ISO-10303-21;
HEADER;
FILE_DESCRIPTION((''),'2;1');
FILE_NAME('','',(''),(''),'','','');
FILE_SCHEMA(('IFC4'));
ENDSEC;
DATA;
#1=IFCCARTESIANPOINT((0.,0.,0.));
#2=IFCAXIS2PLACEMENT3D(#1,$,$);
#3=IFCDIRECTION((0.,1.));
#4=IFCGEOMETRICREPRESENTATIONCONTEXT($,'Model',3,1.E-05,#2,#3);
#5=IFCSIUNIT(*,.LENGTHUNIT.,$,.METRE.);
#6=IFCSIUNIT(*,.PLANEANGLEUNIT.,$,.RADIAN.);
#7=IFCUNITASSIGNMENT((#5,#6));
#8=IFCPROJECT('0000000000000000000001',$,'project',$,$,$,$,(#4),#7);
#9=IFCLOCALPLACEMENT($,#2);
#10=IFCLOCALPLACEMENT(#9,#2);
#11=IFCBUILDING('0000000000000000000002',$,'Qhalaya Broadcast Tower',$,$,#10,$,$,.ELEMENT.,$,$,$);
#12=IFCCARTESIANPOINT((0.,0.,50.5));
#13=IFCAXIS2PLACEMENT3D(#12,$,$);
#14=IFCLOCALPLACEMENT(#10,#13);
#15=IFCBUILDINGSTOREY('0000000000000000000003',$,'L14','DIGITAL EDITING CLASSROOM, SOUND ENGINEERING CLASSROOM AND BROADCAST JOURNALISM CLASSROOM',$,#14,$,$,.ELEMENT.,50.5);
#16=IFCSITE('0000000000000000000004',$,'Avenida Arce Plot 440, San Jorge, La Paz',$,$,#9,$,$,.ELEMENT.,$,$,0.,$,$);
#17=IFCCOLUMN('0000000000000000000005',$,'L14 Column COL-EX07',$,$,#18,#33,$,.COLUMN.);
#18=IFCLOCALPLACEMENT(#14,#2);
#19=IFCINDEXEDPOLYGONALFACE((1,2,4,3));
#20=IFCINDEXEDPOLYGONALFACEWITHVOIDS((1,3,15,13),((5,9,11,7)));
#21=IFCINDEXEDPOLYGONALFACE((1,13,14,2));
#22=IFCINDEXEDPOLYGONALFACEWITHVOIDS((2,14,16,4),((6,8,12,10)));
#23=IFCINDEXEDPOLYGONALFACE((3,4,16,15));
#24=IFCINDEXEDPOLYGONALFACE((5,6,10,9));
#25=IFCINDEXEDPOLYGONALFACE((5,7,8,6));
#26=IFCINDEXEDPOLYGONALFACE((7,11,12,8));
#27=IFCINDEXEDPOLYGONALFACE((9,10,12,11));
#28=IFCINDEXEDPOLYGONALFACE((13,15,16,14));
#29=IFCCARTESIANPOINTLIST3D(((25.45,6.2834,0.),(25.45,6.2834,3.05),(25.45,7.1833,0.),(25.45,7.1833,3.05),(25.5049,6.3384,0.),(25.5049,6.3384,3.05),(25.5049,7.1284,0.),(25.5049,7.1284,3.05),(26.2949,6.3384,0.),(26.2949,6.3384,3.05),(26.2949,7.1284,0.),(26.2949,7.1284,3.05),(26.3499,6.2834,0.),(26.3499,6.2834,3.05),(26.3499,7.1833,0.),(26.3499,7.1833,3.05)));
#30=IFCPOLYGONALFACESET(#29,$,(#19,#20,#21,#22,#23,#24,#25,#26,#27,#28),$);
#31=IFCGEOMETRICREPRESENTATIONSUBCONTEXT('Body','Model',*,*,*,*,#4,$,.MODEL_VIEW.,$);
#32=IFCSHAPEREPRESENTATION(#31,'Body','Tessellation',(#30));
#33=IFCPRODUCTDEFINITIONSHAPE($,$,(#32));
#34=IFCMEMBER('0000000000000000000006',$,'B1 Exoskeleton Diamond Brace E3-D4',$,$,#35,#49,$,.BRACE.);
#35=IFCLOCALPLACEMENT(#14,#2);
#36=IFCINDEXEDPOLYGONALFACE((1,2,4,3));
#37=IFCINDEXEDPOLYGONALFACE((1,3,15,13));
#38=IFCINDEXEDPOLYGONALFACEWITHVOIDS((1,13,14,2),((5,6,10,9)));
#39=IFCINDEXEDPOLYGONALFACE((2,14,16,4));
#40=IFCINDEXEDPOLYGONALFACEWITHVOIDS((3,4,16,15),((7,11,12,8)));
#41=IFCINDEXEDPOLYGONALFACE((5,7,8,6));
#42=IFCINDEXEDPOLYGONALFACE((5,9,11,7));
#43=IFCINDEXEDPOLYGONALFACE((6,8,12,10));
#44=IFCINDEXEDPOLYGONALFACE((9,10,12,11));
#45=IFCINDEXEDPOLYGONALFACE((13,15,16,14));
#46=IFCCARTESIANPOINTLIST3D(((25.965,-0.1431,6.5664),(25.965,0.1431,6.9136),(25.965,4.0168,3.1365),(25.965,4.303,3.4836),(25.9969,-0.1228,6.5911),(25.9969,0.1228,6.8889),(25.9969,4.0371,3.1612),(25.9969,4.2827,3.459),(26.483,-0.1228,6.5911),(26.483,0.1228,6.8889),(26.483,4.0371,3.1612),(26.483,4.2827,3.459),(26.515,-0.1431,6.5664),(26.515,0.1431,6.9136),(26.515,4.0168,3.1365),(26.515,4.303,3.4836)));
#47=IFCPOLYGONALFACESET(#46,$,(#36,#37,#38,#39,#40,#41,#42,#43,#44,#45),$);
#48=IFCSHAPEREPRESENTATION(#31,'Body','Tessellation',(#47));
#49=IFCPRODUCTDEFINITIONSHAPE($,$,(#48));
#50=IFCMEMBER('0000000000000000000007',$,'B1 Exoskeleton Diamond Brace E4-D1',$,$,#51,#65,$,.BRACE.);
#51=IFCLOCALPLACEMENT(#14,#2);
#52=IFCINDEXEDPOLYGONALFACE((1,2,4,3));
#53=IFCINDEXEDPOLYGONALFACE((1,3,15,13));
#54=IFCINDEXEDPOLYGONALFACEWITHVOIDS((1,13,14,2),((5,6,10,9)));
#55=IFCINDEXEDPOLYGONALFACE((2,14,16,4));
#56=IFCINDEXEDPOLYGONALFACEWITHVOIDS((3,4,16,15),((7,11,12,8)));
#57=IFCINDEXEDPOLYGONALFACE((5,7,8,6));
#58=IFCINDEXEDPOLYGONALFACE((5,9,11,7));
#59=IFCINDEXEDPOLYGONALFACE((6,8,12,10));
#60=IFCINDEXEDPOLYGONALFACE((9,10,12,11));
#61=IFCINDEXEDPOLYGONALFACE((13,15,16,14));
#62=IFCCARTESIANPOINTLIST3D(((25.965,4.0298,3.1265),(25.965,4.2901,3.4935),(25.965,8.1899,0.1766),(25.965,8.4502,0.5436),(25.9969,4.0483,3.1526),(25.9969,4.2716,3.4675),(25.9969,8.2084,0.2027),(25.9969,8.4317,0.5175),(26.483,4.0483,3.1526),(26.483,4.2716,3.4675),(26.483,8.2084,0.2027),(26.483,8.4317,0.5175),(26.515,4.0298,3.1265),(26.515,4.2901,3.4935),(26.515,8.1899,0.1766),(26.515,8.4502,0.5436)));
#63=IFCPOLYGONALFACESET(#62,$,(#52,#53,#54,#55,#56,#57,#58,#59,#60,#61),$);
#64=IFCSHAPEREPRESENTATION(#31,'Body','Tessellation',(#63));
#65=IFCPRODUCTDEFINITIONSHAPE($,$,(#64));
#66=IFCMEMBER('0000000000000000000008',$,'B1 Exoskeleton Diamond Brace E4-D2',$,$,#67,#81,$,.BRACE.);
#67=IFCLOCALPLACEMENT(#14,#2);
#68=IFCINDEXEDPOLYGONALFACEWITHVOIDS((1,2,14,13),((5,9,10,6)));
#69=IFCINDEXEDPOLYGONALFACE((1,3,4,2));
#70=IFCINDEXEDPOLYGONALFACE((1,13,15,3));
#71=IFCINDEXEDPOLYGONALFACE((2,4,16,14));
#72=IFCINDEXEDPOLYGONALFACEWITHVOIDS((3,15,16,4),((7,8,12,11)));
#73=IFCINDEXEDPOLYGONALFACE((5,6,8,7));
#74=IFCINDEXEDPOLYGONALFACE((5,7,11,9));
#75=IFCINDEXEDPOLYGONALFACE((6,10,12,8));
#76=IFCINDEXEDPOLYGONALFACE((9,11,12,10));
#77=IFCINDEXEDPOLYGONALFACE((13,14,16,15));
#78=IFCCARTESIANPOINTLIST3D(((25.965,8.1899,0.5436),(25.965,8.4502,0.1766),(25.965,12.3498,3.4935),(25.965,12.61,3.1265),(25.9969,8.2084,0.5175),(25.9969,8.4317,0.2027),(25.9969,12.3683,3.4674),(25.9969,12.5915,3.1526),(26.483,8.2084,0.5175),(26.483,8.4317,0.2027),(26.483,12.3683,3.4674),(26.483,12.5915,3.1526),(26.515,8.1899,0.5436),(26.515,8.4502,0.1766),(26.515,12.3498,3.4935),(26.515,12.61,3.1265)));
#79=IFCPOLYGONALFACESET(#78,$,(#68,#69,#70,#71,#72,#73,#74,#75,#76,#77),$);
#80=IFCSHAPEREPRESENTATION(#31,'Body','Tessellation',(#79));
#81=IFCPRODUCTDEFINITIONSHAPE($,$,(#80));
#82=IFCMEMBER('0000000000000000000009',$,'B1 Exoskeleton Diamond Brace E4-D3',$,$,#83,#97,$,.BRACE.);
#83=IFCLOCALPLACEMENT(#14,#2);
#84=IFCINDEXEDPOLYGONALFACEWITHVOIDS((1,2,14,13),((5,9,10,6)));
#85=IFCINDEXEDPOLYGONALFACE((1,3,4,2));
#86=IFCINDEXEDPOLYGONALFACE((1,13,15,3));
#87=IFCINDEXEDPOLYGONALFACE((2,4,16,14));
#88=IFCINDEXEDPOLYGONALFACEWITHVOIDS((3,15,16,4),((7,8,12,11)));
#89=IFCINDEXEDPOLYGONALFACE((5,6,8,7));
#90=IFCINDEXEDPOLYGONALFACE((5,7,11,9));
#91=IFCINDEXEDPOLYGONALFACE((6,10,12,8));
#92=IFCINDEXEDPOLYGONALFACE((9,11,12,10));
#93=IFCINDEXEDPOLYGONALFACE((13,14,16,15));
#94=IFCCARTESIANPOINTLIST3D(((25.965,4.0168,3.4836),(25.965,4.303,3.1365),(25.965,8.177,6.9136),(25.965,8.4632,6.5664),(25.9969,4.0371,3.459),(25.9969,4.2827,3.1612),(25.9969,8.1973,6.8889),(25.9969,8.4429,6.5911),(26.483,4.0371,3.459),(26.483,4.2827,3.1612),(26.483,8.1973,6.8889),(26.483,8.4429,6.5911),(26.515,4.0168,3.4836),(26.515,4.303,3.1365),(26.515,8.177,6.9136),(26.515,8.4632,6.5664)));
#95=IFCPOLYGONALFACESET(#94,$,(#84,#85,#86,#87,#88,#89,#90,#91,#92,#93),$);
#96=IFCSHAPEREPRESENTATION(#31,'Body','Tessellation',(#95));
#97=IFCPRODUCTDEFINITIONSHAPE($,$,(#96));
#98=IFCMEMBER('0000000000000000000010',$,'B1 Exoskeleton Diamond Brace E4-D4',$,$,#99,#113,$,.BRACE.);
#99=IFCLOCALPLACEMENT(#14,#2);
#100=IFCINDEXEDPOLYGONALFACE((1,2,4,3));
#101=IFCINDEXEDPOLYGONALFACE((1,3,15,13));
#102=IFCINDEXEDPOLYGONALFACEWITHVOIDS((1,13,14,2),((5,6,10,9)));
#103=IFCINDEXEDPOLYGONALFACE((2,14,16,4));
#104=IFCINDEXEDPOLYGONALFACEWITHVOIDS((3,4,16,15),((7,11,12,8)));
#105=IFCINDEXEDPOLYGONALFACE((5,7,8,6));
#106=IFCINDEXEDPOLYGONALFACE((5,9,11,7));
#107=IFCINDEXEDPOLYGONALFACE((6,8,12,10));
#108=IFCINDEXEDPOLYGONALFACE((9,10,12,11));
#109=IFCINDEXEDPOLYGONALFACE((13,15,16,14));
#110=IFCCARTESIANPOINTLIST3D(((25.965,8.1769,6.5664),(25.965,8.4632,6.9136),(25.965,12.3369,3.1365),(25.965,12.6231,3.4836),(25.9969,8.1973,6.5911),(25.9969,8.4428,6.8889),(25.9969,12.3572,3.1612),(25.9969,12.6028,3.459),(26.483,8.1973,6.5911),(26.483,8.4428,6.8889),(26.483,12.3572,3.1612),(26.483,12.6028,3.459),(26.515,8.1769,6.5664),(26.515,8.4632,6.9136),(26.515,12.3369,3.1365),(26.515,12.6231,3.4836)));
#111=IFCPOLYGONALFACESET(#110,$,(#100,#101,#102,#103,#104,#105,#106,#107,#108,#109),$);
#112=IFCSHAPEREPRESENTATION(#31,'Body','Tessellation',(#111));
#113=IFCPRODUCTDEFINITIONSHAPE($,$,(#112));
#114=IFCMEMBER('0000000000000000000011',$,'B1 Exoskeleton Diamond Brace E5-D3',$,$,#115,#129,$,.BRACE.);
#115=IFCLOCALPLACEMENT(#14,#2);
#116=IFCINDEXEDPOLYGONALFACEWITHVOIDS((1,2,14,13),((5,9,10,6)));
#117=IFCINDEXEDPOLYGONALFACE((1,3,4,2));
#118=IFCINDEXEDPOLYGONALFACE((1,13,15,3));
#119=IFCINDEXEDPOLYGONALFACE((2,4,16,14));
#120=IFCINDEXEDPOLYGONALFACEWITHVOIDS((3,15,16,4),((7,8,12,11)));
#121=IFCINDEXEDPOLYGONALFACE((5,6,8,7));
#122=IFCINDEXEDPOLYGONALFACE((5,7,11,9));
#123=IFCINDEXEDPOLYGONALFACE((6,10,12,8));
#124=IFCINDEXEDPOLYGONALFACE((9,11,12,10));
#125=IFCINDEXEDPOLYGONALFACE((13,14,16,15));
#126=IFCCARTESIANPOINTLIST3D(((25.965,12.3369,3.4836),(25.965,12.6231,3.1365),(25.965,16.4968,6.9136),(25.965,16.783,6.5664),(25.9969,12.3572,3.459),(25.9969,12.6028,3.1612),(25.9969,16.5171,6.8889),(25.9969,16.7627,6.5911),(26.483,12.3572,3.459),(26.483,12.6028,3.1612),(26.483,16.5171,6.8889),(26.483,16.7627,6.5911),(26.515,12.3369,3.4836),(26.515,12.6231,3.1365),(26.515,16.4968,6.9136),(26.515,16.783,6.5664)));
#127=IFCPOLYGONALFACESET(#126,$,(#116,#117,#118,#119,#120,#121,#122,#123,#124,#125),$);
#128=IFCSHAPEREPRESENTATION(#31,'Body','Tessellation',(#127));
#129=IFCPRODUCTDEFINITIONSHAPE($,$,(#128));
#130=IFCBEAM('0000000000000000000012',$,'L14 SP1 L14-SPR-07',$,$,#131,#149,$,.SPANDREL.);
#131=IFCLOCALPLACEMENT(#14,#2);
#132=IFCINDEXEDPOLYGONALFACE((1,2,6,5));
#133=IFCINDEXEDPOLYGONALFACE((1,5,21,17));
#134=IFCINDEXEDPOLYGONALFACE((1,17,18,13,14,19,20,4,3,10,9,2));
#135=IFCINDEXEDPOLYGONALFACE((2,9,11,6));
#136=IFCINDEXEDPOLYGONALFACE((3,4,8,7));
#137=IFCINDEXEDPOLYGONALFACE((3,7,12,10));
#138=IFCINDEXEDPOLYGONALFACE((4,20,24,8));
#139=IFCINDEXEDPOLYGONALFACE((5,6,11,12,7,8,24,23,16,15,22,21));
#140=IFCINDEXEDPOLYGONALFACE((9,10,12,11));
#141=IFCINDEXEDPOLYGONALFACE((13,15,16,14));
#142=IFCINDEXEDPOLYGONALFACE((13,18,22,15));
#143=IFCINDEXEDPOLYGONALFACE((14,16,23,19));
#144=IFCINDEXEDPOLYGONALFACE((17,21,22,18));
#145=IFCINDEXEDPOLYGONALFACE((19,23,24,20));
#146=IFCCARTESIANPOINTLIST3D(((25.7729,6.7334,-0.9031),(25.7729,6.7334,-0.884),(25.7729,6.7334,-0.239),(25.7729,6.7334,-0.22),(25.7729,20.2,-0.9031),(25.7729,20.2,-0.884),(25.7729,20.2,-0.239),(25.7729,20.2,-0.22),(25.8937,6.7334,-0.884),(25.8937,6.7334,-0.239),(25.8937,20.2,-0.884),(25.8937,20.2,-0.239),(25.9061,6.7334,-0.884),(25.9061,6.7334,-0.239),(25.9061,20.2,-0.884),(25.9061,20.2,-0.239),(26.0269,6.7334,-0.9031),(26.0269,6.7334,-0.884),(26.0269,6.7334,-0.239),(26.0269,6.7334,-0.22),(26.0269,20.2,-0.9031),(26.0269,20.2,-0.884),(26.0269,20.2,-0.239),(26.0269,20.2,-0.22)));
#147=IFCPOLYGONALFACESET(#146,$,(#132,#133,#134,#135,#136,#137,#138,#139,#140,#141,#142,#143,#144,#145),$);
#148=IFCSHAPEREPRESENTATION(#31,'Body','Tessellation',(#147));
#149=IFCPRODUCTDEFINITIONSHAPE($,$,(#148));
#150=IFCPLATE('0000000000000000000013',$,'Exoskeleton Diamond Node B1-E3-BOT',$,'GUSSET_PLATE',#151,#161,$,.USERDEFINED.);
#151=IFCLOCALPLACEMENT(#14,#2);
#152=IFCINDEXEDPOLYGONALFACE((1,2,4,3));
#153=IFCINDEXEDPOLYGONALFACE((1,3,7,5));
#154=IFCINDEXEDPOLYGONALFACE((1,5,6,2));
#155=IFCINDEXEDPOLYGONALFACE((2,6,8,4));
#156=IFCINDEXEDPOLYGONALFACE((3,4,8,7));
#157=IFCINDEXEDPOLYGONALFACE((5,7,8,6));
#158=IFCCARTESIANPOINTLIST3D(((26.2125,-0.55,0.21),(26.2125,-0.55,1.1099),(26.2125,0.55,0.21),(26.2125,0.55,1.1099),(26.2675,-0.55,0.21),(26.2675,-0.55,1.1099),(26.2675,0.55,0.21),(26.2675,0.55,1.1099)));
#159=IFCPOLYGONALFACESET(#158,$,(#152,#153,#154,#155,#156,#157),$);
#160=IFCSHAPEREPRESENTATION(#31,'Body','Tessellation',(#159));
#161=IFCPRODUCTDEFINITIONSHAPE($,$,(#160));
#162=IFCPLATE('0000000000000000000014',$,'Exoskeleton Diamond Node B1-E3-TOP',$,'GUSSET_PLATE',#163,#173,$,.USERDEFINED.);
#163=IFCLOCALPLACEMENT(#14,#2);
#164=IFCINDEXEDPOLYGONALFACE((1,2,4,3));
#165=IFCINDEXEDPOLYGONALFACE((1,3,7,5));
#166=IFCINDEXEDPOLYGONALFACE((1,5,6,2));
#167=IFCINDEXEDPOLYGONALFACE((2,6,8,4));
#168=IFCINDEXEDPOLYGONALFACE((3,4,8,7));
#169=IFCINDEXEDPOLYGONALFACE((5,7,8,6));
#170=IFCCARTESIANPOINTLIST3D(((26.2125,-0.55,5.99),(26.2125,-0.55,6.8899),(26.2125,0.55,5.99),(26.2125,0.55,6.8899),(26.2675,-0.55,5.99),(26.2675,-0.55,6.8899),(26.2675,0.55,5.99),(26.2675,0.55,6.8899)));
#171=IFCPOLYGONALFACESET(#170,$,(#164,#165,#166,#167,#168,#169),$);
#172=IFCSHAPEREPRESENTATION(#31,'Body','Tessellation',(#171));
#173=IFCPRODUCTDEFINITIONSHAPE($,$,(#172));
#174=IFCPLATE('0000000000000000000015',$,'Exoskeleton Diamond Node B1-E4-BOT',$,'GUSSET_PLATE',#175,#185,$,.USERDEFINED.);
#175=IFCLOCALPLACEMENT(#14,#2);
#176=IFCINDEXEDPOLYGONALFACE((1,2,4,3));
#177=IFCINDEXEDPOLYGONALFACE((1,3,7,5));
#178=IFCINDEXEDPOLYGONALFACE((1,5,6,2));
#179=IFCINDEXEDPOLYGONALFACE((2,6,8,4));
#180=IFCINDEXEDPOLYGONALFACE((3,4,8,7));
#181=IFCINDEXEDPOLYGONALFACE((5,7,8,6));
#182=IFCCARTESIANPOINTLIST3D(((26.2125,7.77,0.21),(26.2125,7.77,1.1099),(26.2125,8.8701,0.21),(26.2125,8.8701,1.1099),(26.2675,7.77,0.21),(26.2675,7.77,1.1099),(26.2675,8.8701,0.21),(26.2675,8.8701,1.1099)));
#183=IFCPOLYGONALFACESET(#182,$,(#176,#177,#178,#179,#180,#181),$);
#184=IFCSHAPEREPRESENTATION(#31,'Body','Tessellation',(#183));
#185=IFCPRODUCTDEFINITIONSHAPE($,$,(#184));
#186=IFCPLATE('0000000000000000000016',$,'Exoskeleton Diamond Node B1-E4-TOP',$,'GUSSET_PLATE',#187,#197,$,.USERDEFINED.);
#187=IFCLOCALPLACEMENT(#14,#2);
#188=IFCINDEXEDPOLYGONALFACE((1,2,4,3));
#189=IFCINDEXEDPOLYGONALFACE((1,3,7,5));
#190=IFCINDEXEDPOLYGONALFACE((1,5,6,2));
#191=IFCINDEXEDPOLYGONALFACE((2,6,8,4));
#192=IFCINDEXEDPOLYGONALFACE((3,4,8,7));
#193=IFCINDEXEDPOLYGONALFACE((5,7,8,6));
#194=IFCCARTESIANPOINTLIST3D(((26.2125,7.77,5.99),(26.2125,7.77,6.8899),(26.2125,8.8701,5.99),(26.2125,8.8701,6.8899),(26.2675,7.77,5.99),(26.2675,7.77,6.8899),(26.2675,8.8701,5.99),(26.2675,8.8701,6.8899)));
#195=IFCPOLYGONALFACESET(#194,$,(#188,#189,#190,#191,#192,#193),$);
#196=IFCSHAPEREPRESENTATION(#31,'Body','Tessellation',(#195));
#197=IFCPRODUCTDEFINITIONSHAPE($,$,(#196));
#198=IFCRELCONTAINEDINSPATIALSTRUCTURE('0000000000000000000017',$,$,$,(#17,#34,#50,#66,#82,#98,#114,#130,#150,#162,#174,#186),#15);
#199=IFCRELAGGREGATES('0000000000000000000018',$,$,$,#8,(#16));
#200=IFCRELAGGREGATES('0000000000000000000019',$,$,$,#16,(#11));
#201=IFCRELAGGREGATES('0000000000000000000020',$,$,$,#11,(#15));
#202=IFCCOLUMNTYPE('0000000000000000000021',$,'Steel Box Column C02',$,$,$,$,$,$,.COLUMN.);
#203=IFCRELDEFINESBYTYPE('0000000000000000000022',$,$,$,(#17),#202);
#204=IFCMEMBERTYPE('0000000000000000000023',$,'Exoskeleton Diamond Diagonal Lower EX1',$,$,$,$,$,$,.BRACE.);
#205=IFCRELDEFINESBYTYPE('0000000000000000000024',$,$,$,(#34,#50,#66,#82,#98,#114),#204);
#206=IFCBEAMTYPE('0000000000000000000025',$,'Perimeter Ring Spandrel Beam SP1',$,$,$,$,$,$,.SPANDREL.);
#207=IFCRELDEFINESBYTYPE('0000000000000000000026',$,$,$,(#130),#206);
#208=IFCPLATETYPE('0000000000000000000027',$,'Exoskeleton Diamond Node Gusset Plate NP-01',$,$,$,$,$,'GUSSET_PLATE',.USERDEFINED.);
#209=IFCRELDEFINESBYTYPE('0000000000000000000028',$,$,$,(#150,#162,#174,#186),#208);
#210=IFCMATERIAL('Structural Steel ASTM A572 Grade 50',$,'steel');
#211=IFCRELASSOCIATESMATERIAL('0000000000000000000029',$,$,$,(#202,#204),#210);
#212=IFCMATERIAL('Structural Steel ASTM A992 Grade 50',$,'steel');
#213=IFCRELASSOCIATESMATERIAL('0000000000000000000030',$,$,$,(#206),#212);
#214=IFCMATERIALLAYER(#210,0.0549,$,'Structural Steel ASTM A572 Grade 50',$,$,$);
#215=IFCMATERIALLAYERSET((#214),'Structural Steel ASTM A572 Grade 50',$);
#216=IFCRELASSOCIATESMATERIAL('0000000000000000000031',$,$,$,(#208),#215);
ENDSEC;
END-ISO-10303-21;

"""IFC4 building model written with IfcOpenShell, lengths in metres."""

from ifc_helpers import new_model, si_unit, direction, frame, origin, origin_2d, place, context, subcontext, project, spatial, rectangle, hollow_rectangle, i_section, extrude, material, layer, layer_set, material_profile, profile_set, type_object, element, save


model = new_model("IFC4")

# Units and contexts
model_context = context("Model", 3, precision=1e-05, world=origin(), true_north=direction((0.0, 1.0)))
body_context = subcontext(model_context, "Body", "Model", "MODEL_VIEW")
ifc_project = project(units=[si_unit("LENGTHUNIT", "METRE"), si_unit("PLANEANGLEUNIT", "RADIAN")], contexts=[model_context])

# Site, building, storey
site_placement = place(None, origin())
site = spatial("IfcSite", under=ifc_project, at=site_placement, Name="Avenida Arce Plot 440, San Jorge, La Paz", CompositionType="ELEMENT", RefElevation=0.0)
building_placement = place(site_placement, origin())
building = spatial("IfcBuilding", under=site, at=building_placement, Name="Qhalaya Broadcast Tower", CompositionType="ELEMENT")
storey_placement = place(building_placement, frame((0.0, 0.0, 50.5)))
storey = spatial("IfcBuildingStorey", under=building, at=storey_placement, Name="L14", Description="DIGITAL EDITING CLASSROOM, SOUND ENGINEERING CLASSROOM AND BROADCAST JOURNALISM CLASSROOM", CompositionType="ELEMENT", Elevation=50.5)

# Column
ifc_material_1 = material(Name="Structural Steel ASTM A572 Grade 50", Category="steel")
ifc_material_profile_1 = material_profile(ifc_material_1, hollow_rectangle(XDim=0.8999, YDim=0.8999, WallThickness=0.0549, at=origin_2d()), Name="BOX 900x900x55")
ifc_profile_set_1 = profile_set([ifc_material_profile_1], Name="Structural Steel ASTM A572 Grade 50")
column_type = type_object("IfcColumnType", Name="Steel Box Column C02", PredefinedType="COLUMN", material=ifc_profile_set_1)
column_placement = place(storey_placement, frame((25.8999, 6.7334, 0.0), z_axis=(0.0, 0.0, 1.0), x_axis=(0.0, 1.0, 0.0)))
element("IfcColumn", 1, at=column_placement, inside=storey, type_object=column_type, Name="L14 Column COL-EX07", PredefinedType="COLUMN", context=body_context, shape_type="SweptSolid", body=[
    extrude(hollow_rectangle(XDim=0.8999, YDim=0.8999, WallThickness=0.0549, at=origin_2d()), origin(), (0.0, 0.0, 1.0), 3.05),
])

# Members
ifc_material_profile_2 = material_profile(ifc_material_1, hollow_rectangle(XDim=0.45, YDim=0.55, WallThickness=0.032, at=origin_2d()), Name="BOX 450x550x32")
ifc_profile_set_2 = profile_set([ifc_material_profile_2], Name="Structural Steel ASTM A572 Grade 50")
member_type = type_object("IfcMemberType", Name="Exoskeleton Diamond Diagonal Lower EX1", PredefinedType="BRACE", material=ifc_profile_set_2)
member_1_placement = place(storey_placement, frame((26.24, 4.1599, 3.3101), z_axis=(0.0, -0.771555, 0.636163), x_axis=(0.0, 0.636163, 0.771555)))
element("IfcMember", 2, at=member_1_placement, inside=storey, type_object=member_type, Name="B1 Exoskeleton Diamond Brace E3-D4", PredefinedType="BRACE", context=body_context, shape_type="SweptSolid", body=[
    extrude(hollow_rectangle(XDim=0.45, YDim=0.55, WallThickness=0.032, at=origin_2d()), origin(), (0.0, 0.0, 1.0), 5.3916),
])
member_2_placement = place(storey_placement, frame((26.24, 8.3201, 0.3601), z_axis=(0.0, -0.815731, 0.578432), x_axis=(0.0, 0.578432, 0.815731)))
element("IfcMember", 3, at=member_2_placement, inside=storey, type_object=member_type, Name="B1 Exoskeleton Diamond Brace E4-D1", PredefinedType="BRACE", context=body_context, shape_type="SweptSolid", body=[
    extrude(hollow_rectangle(XDim=0.45, YDim=0.55, WallThickness=0.032, at=origin_2d()), origin(), (0.0, 0.0, 1.0), 5.0999),
])
member_3_placement = place(storey_placement, frame((26.24, 8.3201, 0.3601), z_axis=(0.0, 0.815715, 0.578454), x_axis=(0.0, -0.578454, 0.815715)))
element("IfcMember", 4, at=member_3_placement, inside=storey, type_object=member_type, Name="B1 Exoskeleton Diamond Brace E4-D2", PredefinedType="BRACE", context=body_context, shape_type="SweptSolid", body=[
    extrude(hollow_rectangle(XDim=0.45, YDim=0.55, WallThickness=0.032, at=origin_2d()), origin(), (0.0, 0.0, 1.0), 5.0996),
])
member_4_placement = place(storey_placement, frame((26.24, 4.1599, 3.3101), z_axis=(0.0, 0.771573, 0.63614), x_axis=(0.0, -0.63614, 0.771573)))
element("IfcMember", 5, at=member_4_placement, inside=storey, type_object=member_type, Name="B1 Exoskeleton Diamond Brace E4-D3", PredefinedType="BRACE", context=body_context, shape_type="SweptSolid", body=[
    extrude(hollow_rectangle(XDim=0.45, YDim=0.55, WallThickness=0.032, at=origin_2d()), origin(), (0.0, 0.0, 1.0), 5.3918),
])
for number, where, z_axis, x_axis, name in (
    (6, (26.24, 12.48, 3.3101), (0.0, -0.771555, 0.636163), (0.0, 0.636163, 0.771555), "B1 Exoskeleton Diamond Brace E4-D4"),
    (7, (26.24, 12.48, 3.3101), (0.0, 0.771555, 0.636163), (0.0, -0.636163, 0.771555), "B1 Exoskeleton Diamond Brace E5-D3"),
):
    element("IfcMember", number, at=place(storey_placement, frame(where, z_axis=z_axis, x_axis=x_axis)), inside=storey, type_object=member_type, Name=name, PredefinedType="BRACE", context=body_context, shape_type="SweptSolid", body=[
        extrude(hollow_rectangle(XDim=0.45, YDim=0.55, WallThickness=0.032, at=origin_2d()), origin(), (0.0, 0.0, 1.0), 5.3916),
    ])

# Beam
ifc_material_2 = material(Name="Structural Steel ASTM A992 Grade 50", Category="steel")
ifc_material_profile_3 = material_profile(ifc_material_2, i_section(OverallWidth=0.2539, OverallDepth=0.6831, WebThickness=0.0125, FlangeThickness=0.019, at=origin_2d()), Name="W27X94")
ifc_profile_set_3 = profile_set([ifc_material_profile_3], Name="Structural Steel ASTM A992 Grade 50")
beam_type = type_object("IfcBeamType", Name="Perimeter Ring Spandrel Beam SP1", PredefinedType="SPANDREL", material=ifc_profile_set_3)
beam_placement = place(storey_placement, frame((25.8999, 6.7334, -0.5615), z_axis=(0.0, 1.0, 0.0), x_axis=(-1.0, 0.0, 0.0)))
element("IfcBeam", 8, at=beam_placement, inside=storey, type_object=beam_type, Name="L14 SP1 L14-SPR-07", PredefinedType="SPANDREL", context=body_context, shape_type="SweptSolid", body=[
    extrude(i_section(OverallWidth=0.2539, OverallDepth=0.6831, WebThickness=0.0125, FlangeThickness=0.019, at=origin_2d()), origin(), (0.0, 0.0, 1.0), 13.4666),
])

# Plates
ifc_layer_1 = layer(ifc_material_1, 0.0549, Name="Structural Steel ASTM A572 Grade 50")
ifc_layer_set_1 = layer_set([ifc_layer_1], Name="Structural Steel ASTM A572 Grade 50")
plate_type_1 = type_object("IfcPlateType", Name="Exoskeleton Diamond Node Gusset Plate NP-01", ElementType="GUSSET_PLATE", PredefinedType="USERDEFINED", material=ifc_layer_set_1)
for number, where, z_axis, x_axis, name in (
    (9, (26.24, 0.0, 0.21), (0.0, 0.0, 1.0), (0.0, 1.0, 0.0), "Exoskeleton Diamond Node B1-E3-BOT"),
    (10, (26.24, 0.0, 5.99), (0.0, 0.0, 1.0), (0.0, 1.0, 0.0), "Exoskeleton Diamond Node B1-E3-TOP"),
    (11, (26.24, 8.3201, 0.21), (0.0, 0.0, 1.0), (0.0, 1.0, 0.0), "Exoskeleton Diamond Node B1-E4-BOT"),
    (12, (26.24, 8.3201, 5.99), (0.0, 0.0, 1.0), (0.0, 1.0, 0.0), "Exoskeleton Diamond Node B1-E4-TOP"),
):
    element("IfcPlate", number, at=place(storey_placement, frame(where, z_axis=z_axis, x_axis=x_axis)), inside=storey, type_object=plate_type_1, Name=name, ObjectType="GUSSET_PLATE", PredefinedType="USERDEFINED", context=body_context, shape_type="SweptSolid", body=[
        extrude(rectangle(XDim=1.1001, YDim=0.0549, at=origin_2d()), origin(), (0.0, 0.0, 1.0), 0.8999),
    ])

save(model, "model.ifc")
